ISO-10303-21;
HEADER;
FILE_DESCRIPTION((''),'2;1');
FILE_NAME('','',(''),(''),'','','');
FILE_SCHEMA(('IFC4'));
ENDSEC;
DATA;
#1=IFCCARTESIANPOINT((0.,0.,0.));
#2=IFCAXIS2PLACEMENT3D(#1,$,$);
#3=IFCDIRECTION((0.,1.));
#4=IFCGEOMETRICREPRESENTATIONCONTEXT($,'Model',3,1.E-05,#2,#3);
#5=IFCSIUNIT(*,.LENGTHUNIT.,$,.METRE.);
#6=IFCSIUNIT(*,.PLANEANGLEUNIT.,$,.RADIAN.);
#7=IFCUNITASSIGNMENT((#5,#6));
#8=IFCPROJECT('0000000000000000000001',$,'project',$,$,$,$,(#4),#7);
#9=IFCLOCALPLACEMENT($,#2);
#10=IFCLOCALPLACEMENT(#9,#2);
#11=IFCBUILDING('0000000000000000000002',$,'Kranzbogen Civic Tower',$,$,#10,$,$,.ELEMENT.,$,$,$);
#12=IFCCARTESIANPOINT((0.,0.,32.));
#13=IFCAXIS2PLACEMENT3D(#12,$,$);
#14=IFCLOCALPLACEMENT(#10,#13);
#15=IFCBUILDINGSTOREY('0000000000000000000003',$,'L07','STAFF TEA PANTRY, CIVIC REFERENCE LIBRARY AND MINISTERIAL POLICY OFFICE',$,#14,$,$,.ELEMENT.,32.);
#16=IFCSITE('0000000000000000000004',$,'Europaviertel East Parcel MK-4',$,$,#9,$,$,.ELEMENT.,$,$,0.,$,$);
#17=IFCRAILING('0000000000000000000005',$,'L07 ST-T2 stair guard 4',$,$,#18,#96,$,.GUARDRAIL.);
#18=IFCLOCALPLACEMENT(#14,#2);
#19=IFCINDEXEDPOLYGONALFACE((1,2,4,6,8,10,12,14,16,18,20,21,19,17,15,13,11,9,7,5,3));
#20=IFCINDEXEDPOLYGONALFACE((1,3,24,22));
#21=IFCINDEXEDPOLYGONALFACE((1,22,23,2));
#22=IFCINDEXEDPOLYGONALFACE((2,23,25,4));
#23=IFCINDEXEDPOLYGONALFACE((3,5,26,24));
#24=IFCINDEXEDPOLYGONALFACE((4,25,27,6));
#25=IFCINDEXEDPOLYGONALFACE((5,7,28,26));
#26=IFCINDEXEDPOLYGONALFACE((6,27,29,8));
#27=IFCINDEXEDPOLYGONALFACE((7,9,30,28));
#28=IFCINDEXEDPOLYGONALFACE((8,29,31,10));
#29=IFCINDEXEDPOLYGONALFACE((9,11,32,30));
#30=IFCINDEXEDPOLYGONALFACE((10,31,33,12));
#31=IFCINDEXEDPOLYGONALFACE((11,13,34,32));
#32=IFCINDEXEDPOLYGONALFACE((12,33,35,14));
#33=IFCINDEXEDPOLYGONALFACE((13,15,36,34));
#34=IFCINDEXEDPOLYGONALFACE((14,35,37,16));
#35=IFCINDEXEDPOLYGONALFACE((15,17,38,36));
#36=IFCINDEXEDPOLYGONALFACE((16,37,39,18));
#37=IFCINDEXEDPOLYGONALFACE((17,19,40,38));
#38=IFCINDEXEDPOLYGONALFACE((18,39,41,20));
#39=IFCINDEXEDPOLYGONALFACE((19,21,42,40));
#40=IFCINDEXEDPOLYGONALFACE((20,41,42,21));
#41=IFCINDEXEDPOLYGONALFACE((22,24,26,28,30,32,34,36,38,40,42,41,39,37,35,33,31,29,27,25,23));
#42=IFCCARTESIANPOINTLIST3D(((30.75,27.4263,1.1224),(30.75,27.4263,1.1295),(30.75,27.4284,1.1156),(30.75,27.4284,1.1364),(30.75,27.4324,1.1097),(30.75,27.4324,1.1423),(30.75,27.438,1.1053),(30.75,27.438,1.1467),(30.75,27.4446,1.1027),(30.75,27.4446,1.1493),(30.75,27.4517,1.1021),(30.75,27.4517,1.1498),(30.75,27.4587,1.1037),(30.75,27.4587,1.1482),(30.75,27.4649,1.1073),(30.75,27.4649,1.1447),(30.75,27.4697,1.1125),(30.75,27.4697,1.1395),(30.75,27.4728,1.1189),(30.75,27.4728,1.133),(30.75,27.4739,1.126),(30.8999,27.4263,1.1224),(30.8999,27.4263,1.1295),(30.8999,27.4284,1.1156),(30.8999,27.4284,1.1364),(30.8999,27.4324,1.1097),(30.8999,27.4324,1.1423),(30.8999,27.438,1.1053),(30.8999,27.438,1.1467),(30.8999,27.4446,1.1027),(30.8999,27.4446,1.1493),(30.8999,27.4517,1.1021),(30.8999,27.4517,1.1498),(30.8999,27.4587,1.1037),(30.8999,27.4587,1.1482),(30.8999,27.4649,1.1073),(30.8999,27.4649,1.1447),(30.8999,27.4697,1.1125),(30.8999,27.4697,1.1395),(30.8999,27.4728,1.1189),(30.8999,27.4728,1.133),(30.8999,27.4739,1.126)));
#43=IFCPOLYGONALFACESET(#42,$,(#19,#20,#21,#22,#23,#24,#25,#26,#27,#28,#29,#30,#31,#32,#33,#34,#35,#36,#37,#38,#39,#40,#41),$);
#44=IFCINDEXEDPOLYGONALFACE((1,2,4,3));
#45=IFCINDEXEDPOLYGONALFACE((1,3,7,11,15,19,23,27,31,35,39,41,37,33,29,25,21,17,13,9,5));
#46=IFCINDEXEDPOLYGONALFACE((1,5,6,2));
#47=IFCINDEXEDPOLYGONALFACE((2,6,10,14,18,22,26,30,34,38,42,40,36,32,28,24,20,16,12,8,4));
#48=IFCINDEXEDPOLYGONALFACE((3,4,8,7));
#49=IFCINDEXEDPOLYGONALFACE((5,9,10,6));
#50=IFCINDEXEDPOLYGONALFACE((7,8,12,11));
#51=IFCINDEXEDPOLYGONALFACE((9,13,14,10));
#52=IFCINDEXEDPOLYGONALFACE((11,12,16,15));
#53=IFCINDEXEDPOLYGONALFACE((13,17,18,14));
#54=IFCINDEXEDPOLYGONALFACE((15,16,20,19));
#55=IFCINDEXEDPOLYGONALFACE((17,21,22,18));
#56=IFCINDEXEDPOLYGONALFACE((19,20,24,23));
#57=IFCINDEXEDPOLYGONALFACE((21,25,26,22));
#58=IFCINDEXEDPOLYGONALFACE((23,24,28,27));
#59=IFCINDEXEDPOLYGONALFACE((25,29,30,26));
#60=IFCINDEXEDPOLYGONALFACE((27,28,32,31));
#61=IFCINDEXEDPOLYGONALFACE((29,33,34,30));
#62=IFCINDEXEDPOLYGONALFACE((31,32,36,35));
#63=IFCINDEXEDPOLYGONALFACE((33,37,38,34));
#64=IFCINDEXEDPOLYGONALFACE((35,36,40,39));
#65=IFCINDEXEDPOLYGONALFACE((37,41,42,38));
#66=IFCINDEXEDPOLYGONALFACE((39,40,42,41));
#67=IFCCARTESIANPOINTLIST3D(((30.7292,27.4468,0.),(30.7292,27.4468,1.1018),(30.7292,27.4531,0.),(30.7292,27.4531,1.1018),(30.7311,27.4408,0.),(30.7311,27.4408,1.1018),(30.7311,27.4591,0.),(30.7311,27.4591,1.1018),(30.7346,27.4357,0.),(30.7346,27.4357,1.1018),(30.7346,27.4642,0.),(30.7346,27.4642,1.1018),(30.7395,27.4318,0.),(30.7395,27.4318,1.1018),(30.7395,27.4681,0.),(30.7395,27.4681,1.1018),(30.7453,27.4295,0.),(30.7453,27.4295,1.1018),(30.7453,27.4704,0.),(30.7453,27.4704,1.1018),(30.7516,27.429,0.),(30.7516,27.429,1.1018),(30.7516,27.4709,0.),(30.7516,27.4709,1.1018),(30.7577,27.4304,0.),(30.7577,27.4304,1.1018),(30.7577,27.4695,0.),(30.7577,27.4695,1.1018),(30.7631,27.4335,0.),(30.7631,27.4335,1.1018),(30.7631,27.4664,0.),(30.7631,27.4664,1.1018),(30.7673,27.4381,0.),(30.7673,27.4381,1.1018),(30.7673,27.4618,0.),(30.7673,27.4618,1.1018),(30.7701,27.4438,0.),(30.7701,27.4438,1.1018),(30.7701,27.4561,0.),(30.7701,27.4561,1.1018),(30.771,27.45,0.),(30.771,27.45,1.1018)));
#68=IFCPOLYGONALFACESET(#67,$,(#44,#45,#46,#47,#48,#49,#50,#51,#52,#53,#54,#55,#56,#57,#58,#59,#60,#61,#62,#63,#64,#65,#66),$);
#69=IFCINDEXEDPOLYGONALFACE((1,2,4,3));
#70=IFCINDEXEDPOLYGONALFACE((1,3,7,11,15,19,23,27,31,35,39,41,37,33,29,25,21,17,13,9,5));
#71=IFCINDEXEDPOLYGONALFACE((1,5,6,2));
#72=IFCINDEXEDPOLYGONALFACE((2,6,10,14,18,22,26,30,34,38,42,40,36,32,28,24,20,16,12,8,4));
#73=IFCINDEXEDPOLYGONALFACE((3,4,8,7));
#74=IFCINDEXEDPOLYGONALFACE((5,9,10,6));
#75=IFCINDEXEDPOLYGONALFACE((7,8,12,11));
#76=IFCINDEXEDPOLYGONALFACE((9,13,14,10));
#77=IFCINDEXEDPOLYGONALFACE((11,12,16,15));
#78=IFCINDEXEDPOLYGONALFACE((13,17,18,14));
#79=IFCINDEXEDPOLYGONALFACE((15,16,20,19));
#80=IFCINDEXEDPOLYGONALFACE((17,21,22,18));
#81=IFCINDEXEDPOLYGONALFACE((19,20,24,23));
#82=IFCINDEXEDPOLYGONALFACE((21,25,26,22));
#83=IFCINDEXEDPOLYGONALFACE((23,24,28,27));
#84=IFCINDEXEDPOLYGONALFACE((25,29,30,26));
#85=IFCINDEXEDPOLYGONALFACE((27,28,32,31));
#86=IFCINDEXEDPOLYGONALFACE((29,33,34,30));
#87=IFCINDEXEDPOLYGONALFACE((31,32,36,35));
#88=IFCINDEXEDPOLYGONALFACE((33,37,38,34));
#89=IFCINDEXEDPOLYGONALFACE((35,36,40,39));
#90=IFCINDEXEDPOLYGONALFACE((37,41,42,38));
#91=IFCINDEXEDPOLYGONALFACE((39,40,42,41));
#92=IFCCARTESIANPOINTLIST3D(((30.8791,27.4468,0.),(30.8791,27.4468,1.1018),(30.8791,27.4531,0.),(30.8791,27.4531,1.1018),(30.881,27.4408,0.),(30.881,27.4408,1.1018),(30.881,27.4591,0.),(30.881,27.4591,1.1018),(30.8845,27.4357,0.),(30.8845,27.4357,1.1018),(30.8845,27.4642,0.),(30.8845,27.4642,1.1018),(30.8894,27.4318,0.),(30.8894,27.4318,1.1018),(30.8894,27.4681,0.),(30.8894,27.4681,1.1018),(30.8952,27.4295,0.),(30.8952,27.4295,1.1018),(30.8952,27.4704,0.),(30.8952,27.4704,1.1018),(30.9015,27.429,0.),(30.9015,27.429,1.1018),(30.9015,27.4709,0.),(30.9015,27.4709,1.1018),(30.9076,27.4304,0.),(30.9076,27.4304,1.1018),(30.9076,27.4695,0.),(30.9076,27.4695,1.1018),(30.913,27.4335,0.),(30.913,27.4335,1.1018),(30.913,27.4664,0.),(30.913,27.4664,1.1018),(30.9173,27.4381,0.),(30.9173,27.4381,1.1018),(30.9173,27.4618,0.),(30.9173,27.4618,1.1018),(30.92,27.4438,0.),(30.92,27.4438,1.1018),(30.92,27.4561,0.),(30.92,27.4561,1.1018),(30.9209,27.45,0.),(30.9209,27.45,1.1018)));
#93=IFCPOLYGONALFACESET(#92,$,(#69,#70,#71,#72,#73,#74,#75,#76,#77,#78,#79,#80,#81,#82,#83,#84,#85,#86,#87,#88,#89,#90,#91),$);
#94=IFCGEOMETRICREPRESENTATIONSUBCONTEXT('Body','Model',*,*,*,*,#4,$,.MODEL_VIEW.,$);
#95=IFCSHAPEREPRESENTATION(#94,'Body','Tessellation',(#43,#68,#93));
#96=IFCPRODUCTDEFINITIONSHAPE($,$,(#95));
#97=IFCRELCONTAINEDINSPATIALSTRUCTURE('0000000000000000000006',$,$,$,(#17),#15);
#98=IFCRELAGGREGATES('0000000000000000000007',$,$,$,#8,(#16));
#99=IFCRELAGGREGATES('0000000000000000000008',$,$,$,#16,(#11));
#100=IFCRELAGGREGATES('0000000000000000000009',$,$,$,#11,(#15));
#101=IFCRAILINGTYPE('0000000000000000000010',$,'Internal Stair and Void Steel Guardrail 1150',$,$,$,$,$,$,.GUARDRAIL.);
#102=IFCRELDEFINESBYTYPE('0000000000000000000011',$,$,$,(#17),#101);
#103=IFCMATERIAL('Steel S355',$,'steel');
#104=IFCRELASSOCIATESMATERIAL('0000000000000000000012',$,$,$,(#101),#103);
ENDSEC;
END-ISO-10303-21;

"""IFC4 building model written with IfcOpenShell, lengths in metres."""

from ifc_helpers import new_model, si_unit, direction, frame, origin, origin_2d, place, context, subcontext, project, spatial, circle, extrude, material, type_object, element, save


model = new_model("IFC4")

# Units and contexts
model_context = context("Model", 3, precision=1e-05, world=origin(), true_north=direction((0.0, 1.0)))
body_context = subcontext(model_context, "Body", "Model", "MODEL_VIEW")
ifc_project = project(units=[si_unit("LENGTHUNIT", "METRE"), si_unit("PLANEANGLEUNIT", "RADIAN")], contexts=[model_context])

# Site, building, storey
site_placement = place(None, origin())
site = spatial("IfcSite", under=ifc_project, at=site_placement, Name="Europaviertel East Parcel MK-4", CompositionType="ELEMENT", RefElevation=0.0)
building_placement = place(site_placement, origin())
building = spatial("IfcBuilding", under=site, at=building_placement, Name="Kranzbogen Civic Tower", CompositionType="ELEMENT")
storey_placement = place(building_placement, frame((0.0, 0.0, 32.0)))
storey = spatial("IfcBuildingStorey", under=building, at=storey_placement, Name="L07", Description="STAFF TEA PANTRY, CIVIC REFERENCE LIBRARY AND MINISTERIAL POLICY OFFICE", CompositionType="ELEMENT", Elevation=32.0)

# Shared definitions
ifc_material_1 = material(Name="Steel S355", Category="steel")

# Railing
railing_type_1 = type_object("IfcRailingType", Name="Internal Stair and Void Steel Guardrail 1150", PredefinedType="GUARDRAIL", material=ifc_material_1)
railing_1_placement = place(storey_placement, frame((30.75, 27.45, 0.0)))
element("IfcRailing", 1, at=railing_1_placement, inside=storey, type_object=railing_type_1, Name="L07 ST-T2 stair guard 4", PredefinedType="GUARDRAIL", context=body_context, shape_type="SweptSolid", body=[
    extrude(circle(Radius=0.0239, at=origin_2d()), frame((0.0, 0.0, 1.126), z_axis=(1.0, 0.0, 0.0), x_axis=(0.0, 1.0, 0.0)), (0.0, 0.0, 1.0), 0.1499),
    extrude(circle(Radius=0.021, at=origin_2d()), origin(), (0.0, 0.0, 1.0), 1.1018),
    extrude(circle(Radius=0.021, at=origin_2d()), frame((0.1499, 0.0, 0.0)), (0.0, 0.0, 1.0), 1.1018),
])

save(model, "model.ifc")
